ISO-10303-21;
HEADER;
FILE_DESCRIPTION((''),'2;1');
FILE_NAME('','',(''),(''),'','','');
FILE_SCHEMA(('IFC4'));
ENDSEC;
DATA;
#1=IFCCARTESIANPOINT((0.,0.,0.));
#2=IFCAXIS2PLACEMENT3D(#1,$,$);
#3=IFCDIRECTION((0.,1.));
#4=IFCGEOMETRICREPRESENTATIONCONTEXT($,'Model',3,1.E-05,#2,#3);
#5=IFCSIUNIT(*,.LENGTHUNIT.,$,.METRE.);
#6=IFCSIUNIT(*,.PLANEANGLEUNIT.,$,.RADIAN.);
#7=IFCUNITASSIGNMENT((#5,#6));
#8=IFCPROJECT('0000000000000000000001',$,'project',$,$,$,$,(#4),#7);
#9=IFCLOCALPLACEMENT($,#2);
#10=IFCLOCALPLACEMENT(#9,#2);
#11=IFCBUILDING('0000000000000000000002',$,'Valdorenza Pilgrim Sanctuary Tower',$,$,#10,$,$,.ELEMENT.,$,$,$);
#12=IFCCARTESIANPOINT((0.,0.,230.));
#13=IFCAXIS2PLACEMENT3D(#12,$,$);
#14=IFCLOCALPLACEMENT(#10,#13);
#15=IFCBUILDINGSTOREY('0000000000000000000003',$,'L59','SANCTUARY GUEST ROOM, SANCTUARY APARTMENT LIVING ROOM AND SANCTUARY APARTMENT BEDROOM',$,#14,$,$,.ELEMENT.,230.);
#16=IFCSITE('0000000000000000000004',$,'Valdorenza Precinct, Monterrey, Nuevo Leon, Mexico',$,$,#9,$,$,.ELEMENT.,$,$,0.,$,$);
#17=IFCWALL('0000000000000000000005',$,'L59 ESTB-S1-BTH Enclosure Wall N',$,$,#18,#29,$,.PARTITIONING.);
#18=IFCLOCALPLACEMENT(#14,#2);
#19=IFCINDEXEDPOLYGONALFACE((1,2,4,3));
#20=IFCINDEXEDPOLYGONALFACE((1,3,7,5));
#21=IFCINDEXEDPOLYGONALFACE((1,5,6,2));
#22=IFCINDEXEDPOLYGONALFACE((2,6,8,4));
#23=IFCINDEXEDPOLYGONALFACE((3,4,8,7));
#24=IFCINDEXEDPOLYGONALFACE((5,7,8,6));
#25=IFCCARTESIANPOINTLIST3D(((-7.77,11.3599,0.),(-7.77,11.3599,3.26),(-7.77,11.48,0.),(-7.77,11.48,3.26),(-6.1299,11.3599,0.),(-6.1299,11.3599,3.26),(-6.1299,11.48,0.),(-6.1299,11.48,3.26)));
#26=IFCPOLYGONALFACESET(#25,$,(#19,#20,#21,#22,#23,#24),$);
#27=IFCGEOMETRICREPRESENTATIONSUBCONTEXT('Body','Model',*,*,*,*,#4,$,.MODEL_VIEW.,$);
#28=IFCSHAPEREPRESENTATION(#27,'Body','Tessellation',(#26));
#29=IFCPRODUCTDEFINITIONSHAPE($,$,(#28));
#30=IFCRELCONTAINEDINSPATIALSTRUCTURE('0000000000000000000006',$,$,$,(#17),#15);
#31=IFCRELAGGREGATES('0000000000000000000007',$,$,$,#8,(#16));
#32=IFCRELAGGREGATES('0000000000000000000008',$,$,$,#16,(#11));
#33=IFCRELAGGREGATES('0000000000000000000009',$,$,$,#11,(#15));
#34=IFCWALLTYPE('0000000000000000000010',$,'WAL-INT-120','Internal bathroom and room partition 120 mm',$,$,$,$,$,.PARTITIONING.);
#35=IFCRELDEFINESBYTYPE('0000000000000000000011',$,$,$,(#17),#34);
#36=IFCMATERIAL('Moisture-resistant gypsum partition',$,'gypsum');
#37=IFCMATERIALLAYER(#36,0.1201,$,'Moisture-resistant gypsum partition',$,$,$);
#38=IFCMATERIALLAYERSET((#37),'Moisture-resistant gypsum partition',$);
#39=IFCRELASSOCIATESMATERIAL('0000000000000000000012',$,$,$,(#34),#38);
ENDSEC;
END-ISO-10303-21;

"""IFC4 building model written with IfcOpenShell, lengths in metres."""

from ifc_helpers import new_model, si_unit, direction, frame, frame_2d, origin, place, context, subcontext, project, spatial, rectangle, extrude, material, layer, layer_set, type_object, element, save


model = new_model("IFC4")

# Units and contexts
model_context = context("Model", 3, precision=1e-05, world=origin(), true_north=direction((0.0, 1.0)))
body_context = subcontext(model_context, "Body", "Model", "MODEL_VIEW")
ifc_project = project(units=[si_unit("LENGTHUNIT", "METRE"), si_unit("PLANEANGLEUNIT", "RADIAN")], contexts=[model_context])

# Site, building, storey
site_placement = place(None, origin())
site = spatial("IfcSite", under=ifc_project, at=site_placement, Name="Valdorenza Precinct, Monterrey, Nuevo Leon, Mexico", CompositionType="ELEMENT", RefElevation=0.0)
building_placement = place(site_placement, origin())
building = spatial("IfcBuilding", under=site, at=building_placement, Name="Valdorenza Pilgrim Sanctuary Tower", CompositionType="ELEMENT")
storey_placement = place(building_placement, frame((0.0, 0.0, 230.0)))
storey = spatial("IfcBuildingStorey", under=building, at=storey_placement, Name="L59", Description="SANCTUARY GUEST ROOM, SANCTUARY APARTMENT LIVING ROOM AND SANCTUARY APARTMENT BEDROOM", CompositionType="ELEMENT", Elevation=230.0)

# Shared definitions
ifc_material_1 = material(Name="Moisture-resistant gypsum partition", Category="gypsum")
ifc_layer_1 = layer(ifc_material_1, 0.1201, Name="Moisture-resistant gypsum partition")
ifc_layer_set_1 = layer_set([ifc_layer_1], Name="Moisture-resistant gypsum partition")
wall_type_1 = type_object("IfcWallType", Name="WAL-INT-120", Description="Internal bathroom and room partition 120 mm", PredefinedType="PARTITIONING", material=ifc_layer_set_1)

# Wall
wall_1_placement = place(storey_placement, frame((-7.77, 11.4199, 0.0), z_axis=(0.0, 0.0, 1.0), x_axis=(1.0, 0.0, 0.0)))
element("IfcWall", 1, at=wall_1_placement, inside=storey, type_object=wall_type_1, Name="L59 ESTB-S1-BTH Enclosure Wall N", PredefinedType="PARTITIONING", context=body_context, shape_type="SweptSolid", body=[
    extrude(rectangle(XDim=1.6401, YDim=0.1201, at=frame_2d((0.8201, 0.0))), origin(), (0.0, 0.0, 1.0), 3.26),
])

save(model, "model.ifc")
